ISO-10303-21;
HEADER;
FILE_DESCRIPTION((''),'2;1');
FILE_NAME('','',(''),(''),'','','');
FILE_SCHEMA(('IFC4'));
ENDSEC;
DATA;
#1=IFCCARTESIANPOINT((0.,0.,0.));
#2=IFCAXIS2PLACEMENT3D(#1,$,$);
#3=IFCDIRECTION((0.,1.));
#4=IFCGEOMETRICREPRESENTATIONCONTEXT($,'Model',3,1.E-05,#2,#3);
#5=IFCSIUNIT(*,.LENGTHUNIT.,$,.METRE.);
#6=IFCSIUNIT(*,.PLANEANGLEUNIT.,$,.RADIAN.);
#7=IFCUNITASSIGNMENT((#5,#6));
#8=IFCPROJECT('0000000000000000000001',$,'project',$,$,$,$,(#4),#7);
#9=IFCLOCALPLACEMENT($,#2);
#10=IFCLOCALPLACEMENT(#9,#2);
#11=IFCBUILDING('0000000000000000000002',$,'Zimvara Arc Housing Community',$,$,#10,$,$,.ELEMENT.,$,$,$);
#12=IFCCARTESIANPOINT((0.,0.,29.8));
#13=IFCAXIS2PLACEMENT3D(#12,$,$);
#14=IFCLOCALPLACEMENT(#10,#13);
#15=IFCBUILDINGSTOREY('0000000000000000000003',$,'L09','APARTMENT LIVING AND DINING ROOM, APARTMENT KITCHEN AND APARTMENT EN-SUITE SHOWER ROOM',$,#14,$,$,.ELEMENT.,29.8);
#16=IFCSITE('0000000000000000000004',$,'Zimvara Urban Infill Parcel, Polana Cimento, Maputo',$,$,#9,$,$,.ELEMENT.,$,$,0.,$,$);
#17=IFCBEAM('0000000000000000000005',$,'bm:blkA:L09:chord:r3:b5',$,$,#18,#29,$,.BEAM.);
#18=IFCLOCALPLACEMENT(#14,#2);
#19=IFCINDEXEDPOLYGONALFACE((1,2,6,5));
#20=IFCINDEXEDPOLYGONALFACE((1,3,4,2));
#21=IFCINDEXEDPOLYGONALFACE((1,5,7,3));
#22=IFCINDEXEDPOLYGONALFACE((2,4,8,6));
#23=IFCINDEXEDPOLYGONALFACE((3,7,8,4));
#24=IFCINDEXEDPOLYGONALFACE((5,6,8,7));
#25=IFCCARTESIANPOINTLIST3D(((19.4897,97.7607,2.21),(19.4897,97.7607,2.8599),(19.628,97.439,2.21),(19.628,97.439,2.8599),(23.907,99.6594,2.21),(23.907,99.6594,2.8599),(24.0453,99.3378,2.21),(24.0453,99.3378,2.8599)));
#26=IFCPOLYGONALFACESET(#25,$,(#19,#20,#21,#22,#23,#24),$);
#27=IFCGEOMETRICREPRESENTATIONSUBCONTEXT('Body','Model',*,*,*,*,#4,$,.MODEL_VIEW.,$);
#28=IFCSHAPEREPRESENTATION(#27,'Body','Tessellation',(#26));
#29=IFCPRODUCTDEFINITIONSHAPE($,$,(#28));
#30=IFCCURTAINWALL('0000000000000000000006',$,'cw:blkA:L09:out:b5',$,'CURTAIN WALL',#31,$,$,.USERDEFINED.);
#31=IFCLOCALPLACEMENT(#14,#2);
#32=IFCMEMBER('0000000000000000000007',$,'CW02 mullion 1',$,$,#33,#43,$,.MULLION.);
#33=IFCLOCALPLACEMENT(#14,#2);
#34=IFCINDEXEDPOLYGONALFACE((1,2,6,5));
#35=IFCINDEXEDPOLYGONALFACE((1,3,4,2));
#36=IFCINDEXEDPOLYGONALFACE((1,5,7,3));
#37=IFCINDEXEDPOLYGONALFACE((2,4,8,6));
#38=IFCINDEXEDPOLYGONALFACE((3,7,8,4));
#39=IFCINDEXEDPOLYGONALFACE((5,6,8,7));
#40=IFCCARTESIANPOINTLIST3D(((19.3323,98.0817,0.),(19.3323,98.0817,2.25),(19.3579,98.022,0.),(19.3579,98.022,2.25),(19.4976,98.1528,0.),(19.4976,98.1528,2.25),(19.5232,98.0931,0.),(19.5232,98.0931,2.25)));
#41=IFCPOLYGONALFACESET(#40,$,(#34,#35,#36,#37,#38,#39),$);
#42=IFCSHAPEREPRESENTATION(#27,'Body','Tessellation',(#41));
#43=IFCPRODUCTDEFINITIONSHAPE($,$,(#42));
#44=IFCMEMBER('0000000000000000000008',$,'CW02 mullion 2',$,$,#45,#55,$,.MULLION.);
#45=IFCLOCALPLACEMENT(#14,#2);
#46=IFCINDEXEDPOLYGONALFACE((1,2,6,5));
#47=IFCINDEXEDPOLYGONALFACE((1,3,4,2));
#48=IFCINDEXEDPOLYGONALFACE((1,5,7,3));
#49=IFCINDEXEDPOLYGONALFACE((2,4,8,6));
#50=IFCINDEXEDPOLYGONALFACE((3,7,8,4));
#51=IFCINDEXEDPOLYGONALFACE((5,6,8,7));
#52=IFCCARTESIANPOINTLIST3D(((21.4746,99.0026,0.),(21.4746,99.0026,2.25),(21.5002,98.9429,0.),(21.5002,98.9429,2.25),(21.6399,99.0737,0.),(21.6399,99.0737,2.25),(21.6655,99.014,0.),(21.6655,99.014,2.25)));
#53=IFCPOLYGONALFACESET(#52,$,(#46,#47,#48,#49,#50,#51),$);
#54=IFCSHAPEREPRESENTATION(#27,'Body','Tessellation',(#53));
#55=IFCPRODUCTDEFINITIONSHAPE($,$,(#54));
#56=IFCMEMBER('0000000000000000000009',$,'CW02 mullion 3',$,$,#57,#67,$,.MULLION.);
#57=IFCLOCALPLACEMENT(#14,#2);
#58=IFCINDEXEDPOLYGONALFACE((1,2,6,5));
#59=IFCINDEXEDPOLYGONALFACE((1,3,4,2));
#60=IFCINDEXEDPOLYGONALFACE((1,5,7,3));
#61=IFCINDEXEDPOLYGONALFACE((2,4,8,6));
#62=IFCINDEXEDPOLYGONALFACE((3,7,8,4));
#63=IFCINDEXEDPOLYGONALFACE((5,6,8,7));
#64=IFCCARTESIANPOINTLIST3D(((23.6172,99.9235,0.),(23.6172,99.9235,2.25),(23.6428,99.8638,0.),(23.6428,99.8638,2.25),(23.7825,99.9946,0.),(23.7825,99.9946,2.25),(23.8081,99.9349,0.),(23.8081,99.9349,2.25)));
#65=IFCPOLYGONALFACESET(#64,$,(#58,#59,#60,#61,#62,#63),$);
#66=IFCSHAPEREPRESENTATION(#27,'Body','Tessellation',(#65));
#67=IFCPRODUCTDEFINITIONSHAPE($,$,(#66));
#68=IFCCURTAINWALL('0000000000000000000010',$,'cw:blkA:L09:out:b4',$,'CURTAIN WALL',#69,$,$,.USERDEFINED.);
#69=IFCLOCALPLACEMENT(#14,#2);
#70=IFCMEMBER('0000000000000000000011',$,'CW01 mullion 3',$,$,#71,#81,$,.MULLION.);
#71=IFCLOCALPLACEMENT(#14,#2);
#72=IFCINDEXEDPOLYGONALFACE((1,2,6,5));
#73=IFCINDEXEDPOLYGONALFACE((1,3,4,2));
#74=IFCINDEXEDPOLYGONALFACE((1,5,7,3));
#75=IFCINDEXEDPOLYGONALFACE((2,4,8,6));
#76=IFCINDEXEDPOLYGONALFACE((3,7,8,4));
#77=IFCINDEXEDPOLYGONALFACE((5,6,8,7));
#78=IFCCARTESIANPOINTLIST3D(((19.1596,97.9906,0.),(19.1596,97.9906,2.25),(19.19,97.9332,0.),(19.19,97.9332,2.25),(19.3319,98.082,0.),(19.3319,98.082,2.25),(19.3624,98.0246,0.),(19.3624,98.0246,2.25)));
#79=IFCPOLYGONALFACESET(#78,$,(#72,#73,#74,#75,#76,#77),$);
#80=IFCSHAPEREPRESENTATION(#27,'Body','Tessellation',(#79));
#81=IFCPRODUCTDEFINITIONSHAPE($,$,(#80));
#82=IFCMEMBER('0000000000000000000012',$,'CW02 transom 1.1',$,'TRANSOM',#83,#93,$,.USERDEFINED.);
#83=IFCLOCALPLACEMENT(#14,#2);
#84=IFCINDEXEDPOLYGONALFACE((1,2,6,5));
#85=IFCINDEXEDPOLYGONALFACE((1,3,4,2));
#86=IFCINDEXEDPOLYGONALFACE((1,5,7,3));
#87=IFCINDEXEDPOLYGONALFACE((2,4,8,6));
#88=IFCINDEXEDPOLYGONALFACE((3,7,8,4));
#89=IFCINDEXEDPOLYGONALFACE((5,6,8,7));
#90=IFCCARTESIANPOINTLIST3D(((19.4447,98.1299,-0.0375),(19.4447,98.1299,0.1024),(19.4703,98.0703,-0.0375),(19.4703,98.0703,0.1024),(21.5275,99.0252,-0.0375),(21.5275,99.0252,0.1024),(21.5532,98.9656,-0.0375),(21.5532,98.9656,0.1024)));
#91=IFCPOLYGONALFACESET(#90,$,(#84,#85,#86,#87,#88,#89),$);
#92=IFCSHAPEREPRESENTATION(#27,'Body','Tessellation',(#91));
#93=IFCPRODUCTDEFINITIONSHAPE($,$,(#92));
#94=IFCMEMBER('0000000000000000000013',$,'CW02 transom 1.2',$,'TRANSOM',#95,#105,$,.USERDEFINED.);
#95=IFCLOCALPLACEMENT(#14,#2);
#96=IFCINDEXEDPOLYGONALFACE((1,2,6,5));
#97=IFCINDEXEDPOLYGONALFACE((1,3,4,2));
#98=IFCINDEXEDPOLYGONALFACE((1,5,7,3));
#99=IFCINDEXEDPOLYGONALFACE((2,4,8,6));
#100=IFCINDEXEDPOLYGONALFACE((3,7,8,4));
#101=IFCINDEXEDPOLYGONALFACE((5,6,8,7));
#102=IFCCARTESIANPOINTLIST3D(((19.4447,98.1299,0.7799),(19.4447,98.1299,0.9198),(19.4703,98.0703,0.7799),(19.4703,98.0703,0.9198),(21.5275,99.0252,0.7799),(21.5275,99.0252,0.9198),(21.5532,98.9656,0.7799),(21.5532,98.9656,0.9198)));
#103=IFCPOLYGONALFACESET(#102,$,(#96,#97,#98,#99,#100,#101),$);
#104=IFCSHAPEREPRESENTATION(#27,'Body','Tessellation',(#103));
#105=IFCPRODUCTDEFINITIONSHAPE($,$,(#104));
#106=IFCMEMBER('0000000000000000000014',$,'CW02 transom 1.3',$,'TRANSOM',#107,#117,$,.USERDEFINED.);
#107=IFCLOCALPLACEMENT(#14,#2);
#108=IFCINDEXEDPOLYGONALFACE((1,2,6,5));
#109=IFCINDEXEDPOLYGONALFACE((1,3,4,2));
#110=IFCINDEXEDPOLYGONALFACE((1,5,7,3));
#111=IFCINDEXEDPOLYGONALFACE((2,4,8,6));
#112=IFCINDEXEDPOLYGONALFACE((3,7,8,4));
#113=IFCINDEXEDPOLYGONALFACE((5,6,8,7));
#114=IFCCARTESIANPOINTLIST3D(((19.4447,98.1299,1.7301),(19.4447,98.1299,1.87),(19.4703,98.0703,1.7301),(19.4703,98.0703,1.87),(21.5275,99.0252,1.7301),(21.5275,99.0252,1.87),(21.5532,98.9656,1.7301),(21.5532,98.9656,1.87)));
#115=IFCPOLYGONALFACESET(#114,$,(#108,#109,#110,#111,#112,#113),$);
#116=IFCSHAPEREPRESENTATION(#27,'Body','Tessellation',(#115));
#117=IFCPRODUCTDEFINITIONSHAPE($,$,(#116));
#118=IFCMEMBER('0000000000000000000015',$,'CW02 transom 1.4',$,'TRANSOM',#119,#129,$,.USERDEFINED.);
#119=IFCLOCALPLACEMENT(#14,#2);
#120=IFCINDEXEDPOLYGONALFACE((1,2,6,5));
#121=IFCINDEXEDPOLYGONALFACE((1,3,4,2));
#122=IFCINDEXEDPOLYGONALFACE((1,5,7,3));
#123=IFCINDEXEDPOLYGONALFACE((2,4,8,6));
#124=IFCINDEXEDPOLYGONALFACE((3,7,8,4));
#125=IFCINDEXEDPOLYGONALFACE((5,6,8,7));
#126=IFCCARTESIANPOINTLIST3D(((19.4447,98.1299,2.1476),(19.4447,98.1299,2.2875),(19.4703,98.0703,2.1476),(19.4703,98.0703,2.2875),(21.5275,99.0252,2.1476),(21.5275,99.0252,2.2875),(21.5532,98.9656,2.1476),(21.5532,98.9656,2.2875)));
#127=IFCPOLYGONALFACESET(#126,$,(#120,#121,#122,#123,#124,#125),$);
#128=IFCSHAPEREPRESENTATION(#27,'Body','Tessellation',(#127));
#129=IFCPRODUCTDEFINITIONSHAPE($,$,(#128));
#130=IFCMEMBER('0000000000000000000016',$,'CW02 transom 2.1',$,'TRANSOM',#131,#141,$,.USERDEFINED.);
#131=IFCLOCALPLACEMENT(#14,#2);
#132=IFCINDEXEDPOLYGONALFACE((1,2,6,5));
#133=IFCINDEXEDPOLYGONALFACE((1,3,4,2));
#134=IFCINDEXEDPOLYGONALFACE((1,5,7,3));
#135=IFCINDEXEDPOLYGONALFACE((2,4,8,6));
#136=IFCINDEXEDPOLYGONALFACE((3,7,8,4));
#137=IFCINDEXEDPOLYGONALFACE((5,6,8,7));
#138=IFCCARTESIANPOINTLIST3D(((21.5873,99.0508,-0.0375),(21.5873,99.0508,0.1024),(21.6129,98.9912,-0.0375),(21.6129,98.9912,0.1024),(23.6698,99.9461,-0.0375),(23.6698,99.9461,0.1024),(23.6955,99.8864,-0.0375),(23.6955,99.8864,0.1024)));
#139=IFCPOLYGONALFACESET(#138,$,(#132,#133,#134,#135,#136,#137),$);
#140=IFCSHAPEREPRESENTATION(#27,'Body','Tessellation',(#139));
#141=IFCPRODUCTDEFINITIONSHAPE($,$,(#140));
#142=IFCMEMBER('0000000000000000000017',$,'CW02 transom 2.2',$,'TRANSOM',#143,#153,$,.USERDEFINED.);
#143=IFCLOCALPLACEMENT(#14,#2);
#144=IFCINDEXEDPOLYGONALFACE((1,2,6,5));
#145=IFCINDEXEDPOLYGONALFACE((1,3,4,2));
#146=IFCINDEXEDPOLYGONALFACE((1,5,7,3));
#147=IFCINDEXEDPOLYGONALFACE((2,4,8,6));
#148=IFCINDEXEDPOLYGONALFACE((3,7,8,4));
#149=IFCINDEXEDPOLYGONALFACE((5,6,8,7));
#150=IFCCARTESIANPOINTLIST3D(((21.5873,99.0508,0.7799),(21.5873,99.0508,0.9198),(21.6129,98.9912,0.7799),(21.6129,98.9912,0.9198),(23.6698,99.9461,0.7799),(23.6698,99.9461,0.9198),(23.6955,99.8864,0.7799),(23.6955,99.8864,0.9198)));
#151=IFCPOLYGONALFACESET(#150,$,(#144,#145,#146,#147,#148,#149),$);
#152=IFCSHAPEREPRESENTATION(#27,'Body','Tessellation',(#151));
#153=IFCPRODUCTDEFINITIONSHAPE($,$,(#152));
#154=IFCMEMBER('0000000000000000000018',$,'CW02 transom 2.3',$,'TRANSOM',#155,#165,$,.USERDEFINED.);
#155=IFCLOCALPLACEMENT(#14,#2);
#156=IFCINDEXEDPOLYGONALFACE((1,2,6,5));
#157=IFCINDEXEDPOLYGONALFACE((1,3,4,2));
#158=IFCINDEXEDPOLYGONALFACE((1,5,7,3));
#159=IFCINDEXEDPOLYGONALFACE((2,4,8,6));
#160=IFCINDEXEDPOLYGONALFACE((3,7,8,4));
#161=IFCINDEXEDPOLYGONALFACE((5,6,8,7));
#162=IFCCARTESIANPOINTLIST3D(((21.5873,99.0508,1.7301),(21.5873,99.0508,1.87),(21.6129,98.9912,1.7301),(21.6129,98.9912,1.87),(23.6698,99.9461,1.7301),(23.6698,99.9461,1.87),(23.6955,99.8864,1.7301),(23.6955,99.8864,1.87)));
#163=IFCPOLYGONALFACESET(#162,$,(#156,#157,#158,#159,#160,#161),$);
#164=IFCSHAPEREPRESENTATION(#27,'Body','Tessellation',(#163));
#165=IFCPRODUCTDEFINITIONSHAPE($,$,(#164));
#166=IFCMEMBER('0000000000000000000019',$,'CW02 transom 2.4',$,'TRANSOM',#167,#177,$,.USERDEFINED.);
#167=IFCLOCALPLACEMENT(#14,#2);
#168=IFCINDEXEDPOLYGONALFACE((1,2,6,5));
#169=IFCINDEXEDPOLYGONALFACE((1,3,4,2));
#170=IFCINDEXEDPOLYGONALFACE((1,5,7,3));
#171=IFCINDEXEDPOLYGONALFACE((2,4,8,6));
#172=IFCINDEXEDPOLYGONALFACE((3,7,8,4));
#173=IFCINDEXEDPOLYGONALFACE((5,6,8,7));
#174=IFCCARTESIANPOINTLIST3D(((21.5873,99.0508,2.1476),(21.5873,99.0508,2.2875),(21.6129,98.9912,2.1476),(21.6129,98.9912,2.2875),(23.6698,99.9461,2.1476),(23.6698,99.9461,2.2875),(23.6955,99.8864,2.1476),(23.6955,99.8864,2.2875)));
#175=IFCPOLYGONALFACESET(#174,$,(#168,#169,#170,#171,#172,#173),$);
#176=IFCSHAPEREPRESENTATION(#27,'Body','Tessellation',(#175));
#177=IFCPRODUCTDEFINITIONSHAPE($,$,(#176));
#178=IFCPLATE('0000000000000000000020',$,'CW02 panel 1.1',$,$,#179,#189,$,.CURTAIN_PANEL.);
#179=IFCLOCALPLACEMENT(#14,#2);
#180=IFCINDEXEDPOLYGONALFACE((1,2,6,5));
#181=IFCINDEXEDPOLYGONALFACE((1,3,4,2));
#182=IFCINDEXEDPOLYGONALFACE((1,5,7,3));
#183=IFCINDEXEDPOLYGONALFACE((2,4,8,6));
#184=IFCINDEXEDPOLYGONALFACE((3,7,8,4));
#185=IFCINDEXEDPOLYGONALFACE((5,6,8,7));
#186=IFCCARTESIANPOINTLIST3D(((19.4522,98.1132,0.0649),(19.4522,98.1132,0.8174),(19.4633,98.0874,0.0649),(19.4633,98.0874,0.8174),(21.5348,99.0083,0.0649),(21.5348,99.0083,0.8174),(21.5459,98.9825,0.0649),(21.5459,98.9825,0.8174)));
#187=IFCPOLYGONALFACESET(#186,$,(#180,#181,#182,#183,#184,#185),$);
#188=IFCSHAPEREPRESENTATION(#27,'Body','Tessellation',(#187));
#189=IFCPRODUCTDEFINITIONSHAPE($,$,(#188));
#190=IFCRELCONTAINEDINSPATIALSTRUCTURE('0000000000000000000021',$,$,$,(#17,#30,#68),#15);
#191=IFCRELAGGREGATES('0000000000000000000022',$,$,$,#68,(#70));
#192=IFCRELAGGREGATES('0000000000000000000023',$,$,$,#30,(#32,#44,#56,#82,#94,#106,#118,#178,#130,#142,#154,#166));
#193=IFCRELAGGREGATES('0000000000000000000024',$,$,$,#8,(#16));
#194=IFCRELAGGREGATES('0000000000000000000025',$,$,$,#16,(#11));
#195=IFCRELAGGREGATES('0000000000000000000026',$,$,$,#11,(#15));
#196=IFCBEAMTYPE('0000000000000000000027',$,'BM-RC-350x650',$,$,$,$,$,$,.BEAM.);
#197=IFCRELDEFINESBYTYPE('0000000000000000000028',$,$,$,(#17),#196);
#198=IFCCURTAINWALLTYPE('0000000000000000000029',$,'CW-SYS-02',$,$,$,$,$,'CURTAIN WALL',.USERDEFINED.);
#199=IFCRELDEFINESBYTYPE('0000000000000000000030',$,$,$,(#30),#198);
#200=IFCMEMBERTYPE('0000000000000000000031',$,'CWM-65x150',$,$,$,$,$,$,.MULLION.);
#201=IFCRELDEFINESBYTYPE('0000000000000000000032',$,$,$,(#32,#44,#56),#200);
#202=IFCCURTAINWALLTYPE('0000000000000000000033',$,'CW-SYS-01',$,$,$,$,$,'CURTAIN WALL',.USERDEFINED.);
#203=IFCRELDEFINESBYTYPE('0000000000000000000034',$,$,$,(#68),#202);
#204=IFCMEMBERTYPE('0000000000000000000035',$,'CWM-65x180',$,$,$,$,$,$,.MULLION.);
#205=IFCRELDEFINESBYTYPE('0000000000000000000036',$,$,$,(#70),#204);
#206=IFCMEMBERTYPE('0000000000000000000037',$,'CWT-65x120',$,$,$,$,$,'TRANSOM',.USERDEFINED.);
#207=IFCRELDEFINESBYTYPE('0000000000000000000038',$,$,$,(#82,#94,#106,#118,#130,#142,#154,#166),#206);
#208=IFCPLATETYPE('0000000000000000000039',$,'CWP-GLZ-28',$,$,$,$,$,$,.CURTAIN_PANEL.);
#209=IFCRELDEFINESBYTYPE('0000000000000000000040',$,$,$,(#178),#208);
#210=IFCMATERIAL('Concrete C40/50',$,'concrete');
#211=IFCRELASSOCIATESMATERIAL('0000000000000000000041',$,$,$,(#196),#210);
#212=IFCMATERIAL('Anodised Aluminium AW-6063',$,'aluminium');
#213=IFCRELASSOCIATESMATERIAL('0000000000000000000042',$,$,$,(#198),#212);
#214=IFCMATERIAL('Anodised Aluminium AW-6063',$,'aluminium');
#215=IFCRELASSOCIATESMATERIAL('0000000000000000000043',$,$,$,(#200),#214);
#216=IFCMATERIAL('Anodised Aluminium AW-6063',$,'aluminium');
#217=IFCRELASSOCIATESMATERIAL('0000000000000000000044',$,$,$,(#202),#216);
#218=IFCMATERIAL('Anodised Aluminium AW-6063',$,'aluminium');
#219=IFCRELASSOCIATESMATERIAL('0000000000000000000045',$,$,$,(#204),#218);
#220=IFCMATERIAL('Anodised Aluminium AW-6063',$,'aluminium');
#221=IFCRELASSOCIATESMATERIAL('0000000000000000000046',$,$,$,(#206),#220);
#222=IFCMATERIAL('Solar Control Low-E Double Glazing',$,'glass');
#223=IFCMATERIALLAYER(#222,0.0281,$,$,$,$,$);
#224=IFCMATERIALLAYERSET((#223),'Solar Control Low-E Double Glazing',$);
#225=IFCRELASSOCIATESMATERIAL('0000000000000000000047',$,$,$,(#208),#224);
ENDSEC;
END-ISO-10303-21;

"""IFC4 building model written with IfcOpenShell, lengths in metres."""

from ifc_helpers import new_model, si_unit, direction, frame, origin, origin_2d, place, context, subcontext, project, spatial, rectangle, extrude, material, layer, layer_set, material_profile, profile_set, type_object, element, aggregate, save


model = new_model("IFC4")

# Units and contexts
model_context = context("Model", 3, precision=1e-05, world=origin(), true_north=direction((0.0, 1.0)))
body_context = subcontext(model_context, "Body", "Model", "MODEL_VIEW")
ifc_project = project(units=[si_unit("LENGTHUNIT", "METRE"), si_unit("PLANEANGLEUNIT", "RADIAN")], contexts=[model_context])

# Site, building, storey
site_placement = place(None, origin())
site = spatial("IfcSite", under=ifc_project, at=site_placement, Name="Zimvara Urban Infill Parcel, Polana Cimento, Maputo", CompositionType="ELEMENT", RefElevation=0.0)
building_placement = place(site_placement, origin())
building = spatial("IfcBuilding", under=site, at=building_placement, Name="Zimvara Arc Housing Community", CompositionType="ELEMENT")
storey_placement = place(building_placement, frame((0.0, 0.0, 29.8)))
storey = spatial("IfcBuildingStorey", under=building, at=storey_placement, Name="L09", Description="APARTMENT LIVING AND DINING ROOM, APARTMENT KITCHEN AND APARTMENT EN-SUITE SHOWER ROOM", CompositionType="ELEMENT", Elevation=29.8)

# Beam
ifc_material_1 = material(Name="Concrete C40/50", Category="concrete")
ifc_material_profile_1 = material_profile(ifc_material_1, rectangle(XDim=0.3501, YDim=0.6499, at=origin_2d()), Name="RC 350x650")
ifc_profile_set_1 = profile_set([ifc_material_profile_1], Name="Concrete C40/50")
beam_type = type_object("IfcBeamType", Name="BM-RC-350x650", PredefinedType="BEAM", material=ifc_profile_set_1)
beam_placement = place(storey_placement, frame((19.5588, 97.5999, 2.5349), z_axis=(0.918724, 0.3949, 0.0), x_axis=(-0.3949, 0.918724, 0.0)))
element("IfcBeam", 1, at=beam_placement, inside=storey, type_object=beam_type, Name="bm:blkA:L09:chord:r3:b5", PredefinedType="BEAM", context=body_context, shape_type="SweptSolid", body=[
    extrude(rectangle(XDim=0.3501, YDim=0.6499, at=origin_2d()), origin(), (0.0, 0.0, 1.0), 4.8081),
])

# Curtain wall, members
ifc_material_2 = material(Name="Anodised Aluminium AW-6063", Category="aluminium")
curtain_wall_type_1 = type_object("IfcCurtainWallType", Name="CW-SYS-02", ElementType="CURTAIN WALL", PredefinedType="USERDEFINED", material=ifc_material_2)
curtain_wall_1_placement = place(storey_placement, origin())
curtain_wall_1 = element("IfcCurtainWall", 2, at=curtain_wall_1_placement, inside=storey, type_object=curtain_wall_type_1, Name="cw:blkA:L09:out:b5", ObjectType="CURTAIN WALL", PredefinedType="USERDEFINED")
ifc_material_3 = material(Name="Anodised Aluminium AW-6063", Category="aluminium")
ifc_material_profile_2 = material_profile(ifc_material_3, rectangle(XDim=0.0649, YDim=0.1799, at=origin_2d()), Name="ALU 65x180")
ifc_profile_set_2 = profile_set([ifc_material_profile_2], Name="Anodised Aluminium AW-6063")
member_type_1 = type_object("IfcMemberType", Name="CWM-65x150", PredefinedType="MULLION", material=ifc_profile_set_2)
member_1_placement = place(storey_placement, frame((19.4277, 98.0874, 0.0), z_axis=(0.0, 0.0, 1.0), x_axis=(-0.394904, 0.918722, 0.0)))
member_1 = element("IfcMember", 3, at=member_1_placement, type_object=member_type_1, Name="CW02 mullion 1", PredefinedType="MULLION", context=body_context, shape_type="SweptSolid", body=[
    extrude(rectangle(XDim=0.0649, YDim=0.1799, at=origin_2d()), origin(), (0.0, 0.0, 1.0), 2.25),
])
member_2_placement = place(storey_placement, frame((21.5701, 99.0083, 0.0), z_axis=(0.0, 0.0, 1.0), x_axis=(-0.394904, 0.918722, 0.0)))
member_2 = element("IfcMember", 4, at=member_2_placement, type_object=member_type_1, Name="CW02 mullion 2", PredefinedType="MULLION", context=body_context, shape_type="SweptSolid", body=[
    extrude(rectangle(XDim=0.0649, YDim=0.1799, at=origin_2d()), origin(), (0.0, 0.0, 1.0), 2.25),
])
member_3_placement = place(storey_placement, frame((23.7126, 99.9292, 0.0), z_axis=(0.0, 0.0, 1.0), x_axis=(-0.394904, 0.918722, 0.0)))
member_3 = element("IfcMember", 5, at=member_3_placement, type_object=member_type_1, Name="CW02 mullion 3", PredefinedType="MULLION", context=body_context, shape_type="SweptSolid", body=[
    extrude(rectangle(XDim=0.0649, YDim=0.1799, at=origin_2d()), origin(), (0.0, 0.0, 1.0), 2.25),
])

# Curtain wall, member
ifc_material_4 = material(Name="Anodised Aluminium AW-6063", Category="aluminium")
curtain_wall_type_2 = type_object("IfcCurtainWallType", Name="CW-SYS-01", ElementType="CURTAIN WALL", PredefinedType="USERDEFINED", material=ifc_material_4)
curtain_wall_2_placement = place(storey_placement, origin())
curtain_wall_2 = element("IfcCurtainWall", 6, at=curtain_wall_2_placement, inside=storey, type_object=curtain_wall_type_2, Name="cw:blkA:L09:out:b4", ObjectType="CURTAIN WALL", PredefinedType="USERDEFINED")
ifc_material_5 = material(Name="Anodised Aluminium AW-6063", Category="aluminium")
ifc_material_profile_3 = material_profile(ifc_material_5, rectangle(XDim=0.0649, YDim=0.1951, at=origin_2d()), Name="ALU 65x195")
ifc_profile_set_3 = profile_set([ifc_material_profile_3], Name="Anodised Aluminium AW-6063")
member_type_2 = type_object("IfcMemberType", Name="CWM-65x180", PredefinedType="MULLION", material=ifc_profile_set_3)
member_4_placement = place(storey_placement, frame((19.261, 98.0076, 0.0), z_axis=(0.0, 0.0, 1.0), x_axis=(-0.468547, 0.883439, 0.0)))
member_4 = element("IfcMember", 7, at=member_4_placement, type_object=member_type_2, Name="CW01 mullion 3", PredefinedType="MULLION", context=body_context, shape_type="SweptSolid", body=[
    extrude(rectangle(XDim=0.0649, YDim=0.1951, at=origin_2d()), origin(), (0.0, 0.0, 1.0), 2.25),
])
aggregate(curtain_wall_2, [member_4])

# Members
ifc_material_6 = material(Name="Anodised Aluminium AW-6063", Category="aluminium")
ifc_material_profile_4 = material_profile(ifc_material_6, rectangle(XDim=0.0649, YDim=0.1399, at=origin_2d()), Name="ALU 65x140")
ifc_profile_set_4 = profile_set([ifc_material_profile_4], Name="Anodised Aluminium AW-6063")
member_type_3 = type_object("IfcMemberType", Name="CWT-65x120", ElementType="TRANSOM", PredefinedType="USERDEFINED", material=ifc_profile_set_4)
member_5_placement = place(storey_placement, frame((19.4575, 98.1001, 0.0325), z_axis=(0.918721, 0.394907, 0.0), x_axis=(-0.394907, 0.918721, 0.0)))
member_5 = element("IfcMember", 8, at=member_5_placement, type_object=member_type_3, Name="CW02 transom 1.1", ObjectType="TRANSOM", PredefinedType="USERDEFINED", context=body_context, shape_type="SweptSolid", body=[
    extrude(rectangle(XDim=0.0649, YDim=0.1399, at=origin_2d()), origin(), (0.0, 0.0, 1.0), 2.2671),
])
member_6_placement = place(storey_placement, frame((19.4575, 98.1001, 0.8499), z_axis=(0.918721, 0.394907, 0.0), x_axis=(-0.394907, 0.918721, 0.0)))
member_6 = element("IfcMember", 9, at=member_6_placement, type_object=member_type_3, Name="CW02 transom 1.2", ObjectType="TRANSOM", PredefinedType="USERDEFINED", context=body_context, shape_type="SweptSolid", body=[
    extrude(rectangle(XDim=0.0649, YDim=0.1399, at=origin_2d()), origin(), (0.0, 0.0, 1.0), 2.2671),
])
member_7_placement = place(storey_placement, frame((19.4575, 98.1001, 1.8), z_axis=(0.918721, 0.394907, 0.0), x_axis=(-0.394907, 0.918721, 0.0)))
member_7 = element("IfcMember", 10, at=member_7_placement, type_object=member_type_3, Name="CW02 transom 1.3", ObjectType="TRANSOM", PredefinedType="USERDEFINED", context=body_context, shape_type="SweptSolid", body=[
    extrude(rectangle(XDim=0.0649, YDim=0.1399, at=origin_2d()), origin(), (0.0, 0.0, 1.0), 2.2671),
])
member_8_placement = place(storey_placement, frame((19.4575, 98.1001, 2.2175), z_axis=(0.918721, 0.394907, 0.0), x_axis=(-0.394907, 0.918721, 0.0)))
member_8 = element("IfcMember", 11, at=member_8_placement, type_object=member_type_3, Name="CW02 transom 1.4", ObjectType="TRANSOM", PredefinedType="USERDEFINED", context=body_context, shape_type="SweptSolid", body=[
    extrude(rectangle(XDim=0.0649, YDim=0.1399, at=origin_2d()), origin(), (0.0, 0.0, 1.0), 2.2671),
])
member_9_placement = place(storey_placement, frame((21.6001, 99.021, 0.0325), z_axis=(0.918704, 0.394946, 0.0), x_axis=(-0.394946, 0.918704, 0.0)))
member_9 = element("IfcMember", 12, at=member_9_placement, type_object=member_type_3, Name="CW02 transom 2.1", ObjectType="TRANSOM", PredefinedType="USERDEFINED", context=body_context, shape_type="SweptSolid", body=[
    extrude(rectangle(XDim=0.0649, YDim=0.1399, at=origin_2d()), origin(), (0.0, 0.0, 1.0), 2.2668),
])
member_10_placement = place(storey_placement, frame((21.6001, 99.021, 0.8499), z_axis=(0.918704, 0.394946, 0.0), x_axis=(-0.394946, 0.918704, 0.0)))
member_10 = element("IfcMember", 13, at=member_10_placement, type_object=member_type_3, Name="CW02 transom 2.2", ObjectType="TRANSOM", PredefinedType="USERDEFINED", context=body_context, shape_type="SweptSolid", body=[
    extrude(rectangle(XDim=0.0649, YDim=0.1399, at=origin_2d()), origin(), (0.0, 0.0, 1.0), 2.2668),
])
member_11_placement = place(storey_placement, frame((21.6001, 99.021, 1.8), z_axis=(0.918704, 0.394946, 0.0), x_axis=(-0.394946, 0.918704, 0.0)))
member_11 = element("IfcMember", 14, at=member_11_placement, type_object=member_type_3, Name="CW02 transom 2.3", ObjectType="TRANSOM", PredefinedType="USERDEFINED", context=body_context, shape_type="SweptSolid", body=[
    extrude(rectangle(XDim=0.0649, YDim=0.1399, at=origin_2d()), origin(), (0.0, 0.0, 1.0), 2.2668),
])
member_12_placement = place(storey_placement, frame((21.6001, 99.021, 2.2175), z_axis=(0.918704, 0.394946, 0.0), x_axis=(-0.394946, 0.918704, 0.0)))
member_12 = element("IfcMember", 15, at=member_12_placement, type_object=member_type_3, Name="CW02 transom 2.4", ObjectType="TRANSOM", PredefinedType="USERDEFINED", context=body_context, shape_type="SweptSolid", body=[
    extrude(rectangle(XDim=0.0649, YDim=0.1399, at=origin_2d()), origin(), (0.0, 0.0, 1.0), 2.2668),
])

# Plate
ifc_material_7 = material(Name="Solar Control Low-E Double Glazing", Category="glass")
ifc_layer_1 = layer(ifc_material_7, 0.0281)
ifc_layer_set_1 = layer_set([ifc_layer_1], Name="Solar Control Low-E Double Glazing")
plate_type = type_object("IfcPlateType", Name="CWP-GLZ-28", PredefinedType="CURTAIN_PANEL", material=ifc_layer_set_1)
plate_1_placement = place(storey_placement, frame((20.499, 98.5479, 0.0649), z_axis=(0.0, 0.0, 1.0), x_axis=(0.918722, 0.394904, 0.0)))
plate_1 = element("IfcPlate", 16, at=plate_1_placement, type_object=plate_type, Name="CW02 panel 1.1", PredefinedType="CURTAIN_PANEL", context=body_context, shape_type="SweptSolid", body=[
    extrude(rectangle(XDim=2.2668, YDim=0.0281, at=origin_2d()), origin(), (0.0, 0.0, 1.0), 0.7524),
])
aggregate(curtain_wall_1, [member_1, member_2, member_3, member_5, member_6, member_7, member_8, plate_1, member_9, member_10, member_11, member_12])

save(model, "model.ifc")
